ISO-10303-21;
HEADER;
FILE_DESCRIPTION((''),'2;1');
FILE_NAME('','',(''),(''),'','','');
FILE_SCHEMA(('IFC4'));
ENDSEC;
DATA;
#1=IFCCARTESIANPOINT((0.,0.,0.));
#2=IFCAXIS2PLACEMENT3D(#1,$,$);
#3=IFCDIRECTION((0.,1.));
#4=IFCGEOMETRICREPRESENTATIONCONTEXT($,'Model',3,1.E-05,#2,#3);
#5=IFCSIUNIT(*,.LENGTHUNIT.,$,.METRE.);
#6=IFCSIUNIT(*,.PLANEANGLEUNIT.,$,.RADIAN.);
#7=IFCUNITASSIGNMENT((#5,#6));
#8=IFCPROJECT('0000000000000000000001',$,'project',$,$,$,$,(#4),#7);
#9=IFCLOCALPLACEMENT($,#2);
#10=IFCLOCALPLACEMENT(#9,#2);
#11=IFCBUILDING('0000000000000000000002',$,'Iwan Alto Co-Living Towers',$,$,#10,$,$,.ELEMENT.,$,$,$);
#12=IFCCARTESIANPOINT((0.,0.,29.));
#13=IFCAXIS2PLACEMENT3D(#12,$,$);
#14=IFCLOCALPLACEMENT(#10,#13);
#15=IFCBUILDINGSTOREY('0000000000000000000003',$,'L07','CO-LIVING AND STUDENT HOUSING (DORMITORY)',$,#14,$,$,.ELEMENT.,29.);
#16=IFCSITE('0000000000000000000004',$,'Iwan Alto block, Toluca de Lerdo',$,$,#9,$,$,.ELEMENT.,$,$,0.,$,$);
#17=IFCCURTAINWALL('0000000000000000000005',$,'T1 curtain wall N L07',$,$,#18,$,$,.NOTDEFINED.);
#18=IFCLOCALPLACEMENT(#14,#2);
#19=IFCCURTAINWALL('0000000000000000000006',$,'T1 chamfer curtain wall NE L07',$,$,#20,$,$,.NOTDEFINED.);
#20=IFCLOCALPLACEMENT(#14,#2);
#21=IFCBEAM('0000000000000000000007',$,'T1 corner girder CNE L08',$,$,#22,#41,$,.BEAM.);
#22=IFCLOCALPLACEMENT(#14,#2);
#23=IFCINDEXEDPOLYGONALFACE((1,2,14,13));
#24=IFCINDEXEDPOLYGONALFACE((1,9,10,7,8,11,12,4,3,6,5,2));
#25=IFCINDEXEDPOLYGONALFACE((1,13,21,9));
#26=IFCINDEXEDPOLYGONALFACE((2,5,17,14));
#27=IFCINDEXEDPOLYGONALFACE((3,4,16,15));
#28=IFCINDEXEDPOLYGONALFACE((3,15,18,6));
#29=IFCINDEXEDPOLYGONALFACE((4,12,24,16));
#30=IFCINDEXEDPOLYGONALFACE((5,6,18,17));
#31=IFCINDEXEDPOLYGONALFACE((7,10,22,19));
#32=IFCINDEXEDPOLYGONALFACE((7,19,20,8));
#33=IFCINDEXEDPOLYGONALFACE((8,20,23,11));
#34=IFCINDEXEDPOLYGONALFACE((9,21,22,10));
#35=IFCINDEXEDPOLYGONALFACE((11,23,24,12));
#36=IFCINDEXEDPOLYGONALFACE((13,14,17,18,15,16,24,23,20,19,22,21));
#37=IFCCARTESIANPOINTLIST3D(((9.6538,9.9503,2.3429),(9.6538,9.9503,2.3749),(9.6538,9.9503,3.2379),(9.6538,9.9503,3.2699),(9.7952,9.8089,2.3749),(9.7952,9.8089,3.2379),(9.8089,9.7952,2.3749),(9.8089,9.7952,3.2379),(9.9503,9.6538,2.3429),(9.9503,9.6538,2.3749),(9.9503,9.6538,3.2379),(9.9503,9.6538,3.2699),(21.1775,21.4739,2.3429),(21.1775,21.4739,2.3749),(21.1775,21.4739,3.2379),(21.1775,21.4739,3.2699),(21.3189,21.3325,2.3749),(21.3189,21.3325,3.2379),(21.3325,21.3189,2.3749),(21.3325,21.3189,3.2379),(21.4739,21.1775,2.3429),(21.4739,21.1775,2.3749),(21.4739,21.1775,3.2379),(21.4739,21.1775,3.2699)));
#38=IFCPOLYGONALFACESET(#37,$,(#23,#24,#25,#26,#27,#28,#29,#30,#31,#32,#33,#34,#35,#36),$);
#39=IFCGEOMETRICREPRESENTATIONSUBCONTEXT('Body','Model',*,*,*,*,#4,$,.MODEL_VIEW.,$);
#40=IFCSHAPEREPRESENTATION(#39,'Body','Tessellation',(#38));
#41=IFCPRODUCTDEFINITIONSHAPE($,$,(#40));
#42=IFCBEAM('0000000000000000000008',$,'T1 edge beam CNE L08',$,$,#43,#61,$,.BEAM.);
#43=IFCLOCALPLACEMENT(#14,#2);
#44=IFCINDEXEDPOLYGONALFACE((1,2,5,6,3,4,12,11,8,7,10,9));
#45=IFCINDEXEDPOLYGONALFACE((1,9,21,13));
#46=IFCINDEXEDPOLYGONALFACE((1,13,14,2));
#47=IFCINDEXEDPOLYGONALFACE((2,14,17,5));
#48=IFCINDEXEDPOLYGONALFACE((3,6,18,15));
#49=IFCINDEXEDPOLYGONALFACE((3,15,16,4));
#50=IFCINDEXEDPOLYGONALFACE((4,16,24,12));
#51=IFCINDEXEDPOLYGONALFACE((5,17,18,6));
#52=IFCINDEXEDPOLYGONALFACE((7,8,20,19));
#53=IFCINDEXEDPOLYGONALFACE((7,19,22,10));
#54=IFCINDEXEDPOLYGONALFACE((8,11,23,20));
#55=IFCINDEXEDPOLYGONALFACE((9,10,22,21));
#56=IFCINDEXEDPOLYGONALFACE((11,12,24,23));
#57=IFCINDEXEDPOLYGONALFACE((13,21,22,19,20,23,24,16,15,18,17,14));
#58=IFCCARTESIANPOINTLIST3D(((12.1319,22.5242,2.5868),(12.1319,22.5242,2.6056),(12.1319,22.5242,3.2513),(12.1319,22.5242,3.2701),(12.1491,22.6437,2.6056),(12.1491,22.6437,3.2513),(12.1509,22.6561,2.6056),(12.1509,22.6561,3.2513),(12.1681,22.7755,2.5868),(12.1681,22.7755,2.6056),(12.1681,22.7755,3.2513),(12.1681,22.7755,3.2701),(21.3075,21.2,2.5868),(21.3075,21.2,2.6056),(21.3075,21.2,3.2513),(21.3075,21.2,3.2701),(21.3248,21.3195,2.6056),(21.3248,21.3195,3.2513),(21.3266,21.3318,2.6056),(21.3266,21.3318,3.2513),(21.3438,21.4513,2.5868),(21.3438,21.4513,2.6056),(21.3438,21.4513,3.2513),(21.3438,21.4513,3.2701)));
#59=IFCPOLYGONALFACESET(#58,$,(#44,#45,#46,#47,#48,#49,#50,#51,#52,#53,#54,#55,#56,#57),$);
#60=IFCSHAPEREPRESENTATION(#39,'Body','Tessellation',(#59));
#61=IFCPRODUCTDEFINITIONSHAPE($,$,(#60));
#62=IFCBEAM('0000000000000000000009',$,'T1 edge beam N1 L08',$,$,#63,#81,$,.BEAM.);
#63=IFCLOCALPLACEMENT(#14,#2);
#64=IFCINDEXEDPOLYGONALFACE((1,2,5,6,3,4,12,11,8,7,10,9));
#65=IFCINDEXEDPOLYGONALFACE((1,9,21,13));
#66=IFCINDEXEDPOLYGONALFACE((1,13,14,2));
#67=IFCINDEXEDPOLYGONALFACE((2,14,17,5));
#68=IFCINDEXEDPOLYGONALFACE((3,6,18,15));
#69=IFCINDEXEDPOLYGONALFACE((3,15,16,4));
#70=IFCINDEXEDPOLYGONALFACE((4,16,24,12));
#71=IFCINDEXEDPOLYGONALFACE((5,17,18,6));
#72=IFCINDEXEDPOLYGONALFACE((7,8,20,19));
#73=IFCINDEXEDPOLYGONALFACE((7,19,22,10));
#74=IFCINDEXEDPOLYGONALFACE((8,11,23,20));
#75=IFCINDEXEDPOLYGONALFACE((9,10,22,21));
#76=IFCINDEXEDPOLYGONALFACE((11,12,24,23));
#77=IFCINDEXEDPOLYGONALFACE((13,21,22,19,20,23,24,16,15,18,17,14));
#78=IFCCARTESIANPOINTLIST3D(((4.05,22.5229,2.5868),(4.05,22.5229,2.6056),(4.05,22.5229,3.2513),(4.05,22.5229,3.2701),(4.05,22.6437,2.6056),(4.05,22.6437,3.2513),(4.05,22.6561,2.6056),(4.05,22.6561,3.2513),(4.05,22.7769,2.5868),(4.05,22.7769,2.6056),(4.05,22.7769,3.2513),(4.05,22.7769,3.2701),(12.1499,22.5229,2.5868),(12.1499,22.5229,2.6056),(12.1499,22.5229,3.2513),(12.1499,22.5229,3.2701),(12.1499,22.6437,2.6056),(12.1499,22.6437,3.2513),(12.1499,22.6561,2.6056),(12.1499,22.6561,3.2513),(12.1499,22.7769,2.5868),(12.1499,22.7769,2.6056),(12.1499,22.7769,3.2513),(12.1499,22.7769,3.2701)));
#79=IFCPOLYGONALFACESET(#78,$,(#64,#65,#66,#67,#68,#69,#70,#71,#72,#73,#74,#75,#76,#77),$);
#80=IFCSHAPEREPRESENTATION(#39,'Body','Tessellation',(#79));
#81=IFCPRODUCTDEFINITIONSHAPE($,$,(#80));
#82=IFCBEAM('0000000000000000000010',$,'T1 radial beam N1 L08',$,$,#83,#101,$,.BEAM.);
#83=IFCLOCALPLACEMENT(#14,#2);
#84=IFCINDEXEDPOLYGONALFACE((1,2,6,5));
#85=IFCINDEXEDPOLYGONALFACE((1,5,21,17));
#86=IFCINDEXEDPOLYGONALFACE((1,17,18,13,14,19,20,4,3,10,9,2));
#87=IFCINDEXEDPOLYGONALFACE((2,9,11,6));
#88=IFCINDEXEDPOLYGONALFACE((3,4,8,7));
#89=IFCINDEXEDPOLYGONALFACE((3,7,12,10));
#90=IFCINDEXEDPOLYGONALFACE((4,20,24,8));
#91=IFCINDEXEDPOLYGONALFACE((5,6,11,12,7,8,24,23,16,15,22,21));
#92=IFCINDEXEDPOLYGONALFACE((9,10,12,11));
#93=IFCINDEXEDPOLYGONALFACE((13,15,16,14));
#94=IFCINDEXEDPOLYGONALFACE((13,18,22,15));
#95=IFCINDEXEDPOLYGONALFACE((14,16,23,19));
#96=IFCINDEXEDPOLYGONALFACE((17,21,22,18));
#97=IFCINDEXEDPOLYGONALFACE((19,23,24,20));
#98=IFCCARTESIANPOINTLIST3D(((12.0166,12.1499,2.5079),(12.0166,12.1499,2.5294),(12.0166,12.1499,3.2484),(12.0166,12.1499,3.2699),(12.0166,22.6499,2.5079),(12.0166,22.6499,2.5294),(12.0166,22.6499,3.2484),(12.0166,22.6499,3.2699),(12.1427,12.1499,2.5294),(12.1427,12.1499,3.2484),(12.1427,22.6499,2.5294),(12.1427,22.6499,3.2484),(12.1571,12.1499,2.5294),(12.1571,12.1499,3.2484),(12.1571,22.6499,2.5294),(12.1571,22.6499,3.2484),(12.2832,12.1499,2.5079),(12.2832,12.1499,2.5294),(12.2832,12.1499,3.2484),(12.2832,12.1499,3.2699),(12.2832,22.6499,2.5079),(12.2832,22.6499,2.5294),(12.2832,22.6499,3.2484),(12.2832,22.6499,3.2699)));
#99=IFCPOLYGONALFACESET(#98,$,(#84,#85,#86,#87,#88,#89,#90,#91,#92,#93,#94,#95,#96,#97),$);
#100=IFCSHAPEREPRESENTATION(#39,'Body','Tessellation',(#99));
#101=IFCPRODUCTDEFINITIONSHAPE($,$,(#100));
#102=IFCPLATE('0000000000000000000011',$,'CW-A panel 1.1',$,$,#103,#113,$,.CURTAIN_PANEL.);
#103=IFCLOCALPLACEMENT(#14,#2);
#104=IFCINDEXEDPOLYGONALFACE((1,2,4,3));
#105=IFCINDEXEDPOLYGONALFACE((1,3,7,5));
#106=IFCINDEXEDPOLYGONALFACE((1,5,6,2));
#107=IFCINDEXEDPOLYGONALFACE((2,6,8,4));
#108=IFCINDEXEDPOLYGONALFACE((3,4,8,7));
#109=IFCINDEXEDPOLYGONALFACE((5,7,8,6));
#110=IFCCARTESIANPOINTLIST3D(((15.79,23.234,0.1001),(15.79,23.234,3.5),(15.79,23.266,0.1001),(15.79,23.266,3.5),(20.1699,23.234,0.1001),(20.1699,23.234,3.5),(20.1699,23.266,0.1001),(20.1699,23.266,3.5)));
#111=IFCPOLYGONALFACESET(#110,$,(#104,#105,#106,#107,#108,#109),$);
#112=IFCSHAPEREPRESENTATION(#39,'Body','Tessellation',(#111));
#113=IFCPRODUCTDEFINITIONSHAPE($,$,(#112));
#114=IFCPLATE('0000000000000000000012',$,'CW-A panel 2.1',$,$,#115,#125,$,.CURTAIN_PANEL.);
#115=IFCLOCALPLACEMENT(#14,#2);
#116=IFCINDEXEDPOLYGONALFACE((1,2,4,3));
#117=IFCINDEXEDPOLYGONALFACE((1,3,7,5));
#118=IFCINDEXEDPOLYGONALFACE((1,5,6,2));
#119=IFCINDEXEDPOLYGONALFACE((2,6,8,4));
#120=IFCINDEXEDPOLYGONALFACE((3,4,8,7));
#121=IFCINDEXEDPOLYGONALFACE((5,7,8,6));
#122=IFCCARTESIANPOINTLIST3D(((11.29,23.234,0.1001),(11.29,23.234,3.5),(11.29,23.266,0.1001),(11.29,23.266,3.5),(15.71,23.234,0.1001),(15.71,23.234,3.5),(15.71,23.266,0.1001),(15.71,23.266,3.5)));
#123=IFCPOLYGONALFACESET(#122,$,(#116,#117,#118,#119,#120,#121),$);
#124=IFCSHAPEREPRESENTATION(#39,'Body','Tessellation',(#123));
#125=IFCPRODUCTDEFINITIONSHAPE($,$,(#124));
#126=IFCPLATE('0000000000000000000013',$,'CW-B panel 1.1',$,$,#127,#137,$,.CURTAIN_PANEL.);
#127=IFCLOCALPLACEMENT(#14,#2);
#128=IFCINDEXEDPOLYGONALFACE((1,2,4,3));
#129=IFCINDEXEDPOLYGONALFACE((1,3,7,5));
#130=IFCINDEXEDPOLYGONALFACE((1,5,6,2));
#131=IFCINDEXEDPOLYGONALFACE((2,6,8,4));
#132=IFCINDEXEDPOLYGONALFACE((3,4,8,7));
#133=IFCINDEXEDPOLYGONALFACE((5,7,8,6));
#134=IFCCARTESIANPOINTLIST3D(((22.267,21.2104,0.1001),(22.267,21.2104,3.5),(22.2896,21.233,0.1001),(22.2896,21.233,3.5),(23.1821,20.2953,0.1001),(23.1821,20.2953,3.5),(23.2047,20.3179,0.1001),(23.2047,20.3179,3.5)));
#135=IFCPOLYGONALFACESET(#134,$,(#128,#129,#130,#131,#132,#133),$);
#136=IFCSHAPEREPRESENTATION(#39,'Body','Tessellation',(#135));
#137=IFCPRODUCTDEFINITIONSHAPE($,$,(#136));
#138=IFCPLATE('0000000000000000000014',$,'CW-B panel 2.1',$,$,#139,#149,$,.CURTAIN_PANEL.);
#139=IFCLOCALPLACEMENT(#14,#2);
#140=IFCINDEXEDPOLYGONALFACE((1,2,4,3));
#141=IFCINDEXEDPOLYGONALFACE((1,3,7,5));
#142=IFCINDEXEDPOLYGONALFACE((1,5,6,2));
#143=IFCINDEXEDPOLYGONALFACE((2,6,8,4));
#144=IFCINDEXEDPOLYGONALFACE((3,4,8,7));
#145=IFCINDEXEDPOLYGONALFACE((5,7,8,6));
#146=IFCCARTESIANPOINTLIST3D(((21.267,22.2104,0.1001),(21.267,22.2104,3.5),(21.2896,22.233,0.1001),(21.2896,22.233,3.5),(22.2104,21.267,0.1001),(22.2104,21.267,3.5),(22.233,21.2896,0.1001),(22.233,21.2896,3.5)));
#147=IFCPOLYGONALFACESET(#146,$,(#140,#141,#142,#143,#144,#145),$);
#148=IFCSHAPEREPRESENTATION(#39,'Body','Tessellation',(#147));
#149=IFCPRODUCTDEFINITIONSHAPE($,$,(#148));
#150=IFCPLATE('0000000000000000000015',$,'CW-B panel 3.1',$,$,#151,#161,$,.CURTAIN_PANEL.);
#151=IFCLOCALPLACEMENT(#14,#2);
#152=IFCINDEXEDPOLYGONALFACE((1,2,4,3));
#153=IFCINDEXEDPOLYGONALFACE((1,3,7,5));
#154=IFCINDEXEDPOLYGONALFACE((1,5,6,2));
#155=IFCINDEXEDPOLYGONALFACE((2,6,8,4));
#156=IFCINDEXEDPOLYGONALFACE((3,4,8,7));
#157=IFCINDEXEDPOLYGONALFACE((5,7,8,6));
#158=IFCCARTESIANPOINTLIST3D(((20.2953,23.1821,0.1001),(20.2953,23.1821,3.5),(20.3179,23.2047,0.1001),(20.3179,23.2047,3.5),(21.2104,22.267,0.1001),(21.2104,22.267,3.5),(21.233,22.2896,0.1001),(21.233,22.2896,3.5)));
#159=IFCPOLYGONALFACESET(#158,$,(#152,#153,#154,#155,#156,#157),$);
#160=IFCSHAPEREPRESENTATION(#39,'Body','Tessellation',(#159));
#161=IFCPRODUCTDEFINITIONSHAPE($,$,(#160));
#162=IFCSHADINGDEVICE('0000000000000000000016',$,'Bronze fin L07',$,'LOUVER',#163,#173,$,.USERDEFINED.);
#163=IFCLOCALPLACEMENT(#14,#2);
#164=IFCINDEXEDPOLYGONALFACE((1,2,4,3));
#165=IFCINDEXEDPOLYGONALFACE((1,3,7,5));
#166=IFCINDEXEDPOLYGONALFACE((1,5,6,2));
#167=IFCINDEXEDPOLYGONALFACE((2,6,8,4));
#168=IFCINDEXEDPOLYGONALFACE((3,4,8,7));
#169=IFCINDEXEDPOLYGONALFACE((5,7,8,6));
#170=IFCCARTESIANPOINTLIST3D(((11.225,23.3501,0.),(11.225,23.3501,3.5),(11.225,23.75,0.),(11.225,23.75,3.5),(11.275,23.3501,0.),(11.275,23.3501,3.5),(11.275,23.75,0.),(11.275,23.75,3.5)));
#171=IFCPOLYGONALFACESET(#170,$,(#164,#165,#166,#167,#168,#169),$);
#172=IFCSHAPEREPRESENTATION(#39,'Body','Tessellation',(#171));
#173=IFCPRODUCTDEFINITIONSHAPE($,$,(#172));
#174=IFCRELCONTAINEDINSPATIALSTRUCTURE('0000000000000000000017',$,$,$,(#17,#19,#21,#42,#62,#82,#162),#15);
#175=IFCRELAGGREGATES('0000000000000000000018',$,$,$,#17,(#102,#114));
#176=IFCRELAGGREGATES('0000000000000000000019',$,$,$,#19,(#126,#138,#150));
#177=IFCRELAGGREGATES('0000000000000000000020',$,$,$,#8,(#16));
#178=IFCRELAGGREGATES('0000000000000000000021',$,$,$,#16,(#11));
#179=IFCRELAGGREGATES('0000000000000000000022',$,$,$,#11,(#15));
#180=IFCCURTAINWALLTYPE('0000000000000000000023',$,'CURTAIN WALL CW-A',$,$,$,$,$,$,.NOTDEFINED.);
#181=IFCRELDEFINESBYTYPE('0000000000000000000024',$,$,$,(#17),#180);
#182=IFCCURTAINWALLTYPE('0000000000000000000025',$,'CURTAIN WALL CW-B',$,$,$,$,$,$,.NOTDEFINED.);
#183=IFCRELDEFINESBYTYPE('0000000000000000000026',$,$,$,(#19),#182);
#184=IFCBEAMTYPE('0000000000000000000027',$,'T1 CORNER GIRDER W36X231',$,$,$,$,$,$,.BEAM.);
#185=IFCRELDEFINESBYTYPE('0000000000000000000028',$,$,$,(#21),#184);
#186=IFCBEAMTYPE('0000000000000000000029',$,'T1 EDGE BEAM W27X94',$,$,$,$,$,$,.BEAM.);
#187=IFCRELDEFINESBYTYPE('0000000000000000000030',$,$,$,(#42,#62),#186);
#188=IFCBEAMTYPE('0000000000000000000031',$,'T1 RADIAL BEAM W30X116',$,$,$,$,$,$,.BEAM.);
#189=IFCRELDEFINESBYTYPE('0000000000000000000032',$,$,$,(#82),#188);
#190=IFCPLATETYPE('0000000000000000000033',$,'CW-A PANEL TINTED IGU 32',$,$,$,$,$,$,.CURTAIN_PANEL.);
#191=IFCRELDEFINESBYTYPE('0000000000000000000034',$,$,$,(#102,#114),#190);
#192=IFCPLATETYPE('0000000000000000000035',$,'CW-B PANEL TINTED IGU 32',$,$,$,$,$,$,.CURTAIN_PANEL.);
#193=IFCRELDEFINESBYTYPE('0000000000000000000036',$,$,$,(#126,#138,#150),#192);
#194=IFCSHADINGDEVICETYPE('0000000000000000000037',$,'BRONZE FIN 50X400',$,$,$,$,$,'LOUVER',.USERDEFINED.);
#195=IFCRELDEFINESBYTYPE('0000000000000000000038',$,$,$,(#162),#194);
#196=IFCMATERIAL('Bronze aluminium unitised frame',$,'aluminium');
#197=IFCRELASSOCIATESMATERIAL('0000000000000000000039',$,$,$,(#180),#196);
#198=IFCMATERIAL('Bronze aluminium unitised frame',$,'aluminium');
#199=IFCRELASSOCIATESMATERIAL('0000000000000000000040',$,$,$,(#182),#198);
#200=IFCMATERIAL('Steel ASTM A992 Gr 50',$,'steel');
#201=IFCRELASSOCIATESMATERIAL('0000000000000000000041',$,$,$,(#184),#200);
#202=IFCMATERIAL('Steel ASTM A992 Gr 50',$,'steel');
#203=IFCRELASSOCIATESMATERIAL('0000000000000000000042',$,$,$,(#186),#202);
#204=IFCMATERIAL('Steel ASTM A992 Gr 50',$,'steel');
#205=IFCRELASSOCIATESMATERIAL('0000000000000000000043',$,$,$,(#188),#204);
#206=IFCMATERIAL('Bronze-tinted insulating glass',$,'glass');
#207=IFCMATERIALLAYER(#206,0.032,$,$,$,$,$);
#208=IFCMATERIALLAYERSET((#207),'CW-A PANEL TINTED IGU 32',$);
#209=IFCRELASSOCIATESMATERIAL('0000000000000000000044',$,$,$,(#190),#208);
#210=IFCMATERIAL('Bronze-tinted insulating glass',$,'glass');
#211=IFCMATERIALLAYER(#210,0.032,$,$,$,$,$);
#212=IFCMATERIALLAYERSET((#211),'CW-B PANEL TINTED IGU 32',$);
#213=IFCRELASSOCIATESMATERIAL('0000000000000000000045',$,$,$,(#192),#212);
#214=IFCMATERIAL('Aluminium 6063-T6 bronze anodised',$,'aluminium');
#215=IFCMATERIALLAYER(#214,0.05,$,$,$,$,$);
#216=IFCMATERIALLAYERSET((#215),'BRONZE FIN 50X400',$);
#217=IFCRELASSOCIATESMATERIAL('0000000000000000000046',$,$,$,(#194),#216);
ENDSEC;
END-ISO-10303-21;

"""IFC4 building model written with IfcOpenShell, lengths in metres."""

from ifc_helpers import new_model, si_unit, direction, frame, origin, origin_2d, place, context, subcontext, project, spatial, rectangle, i_section, extrude, material, layer, layer_set, material_profile, profile_set, type_object, element, aggregate, save


model = new_model("IFC4")

# Units and contexts
model_context = context("Model", 3, precision=1e-05, world=origin(), true_north=direction((0.0, 1.0)))
body_context = subcontext(model_context, "Body", "Model", "MODEL_VIEW")
ifc_project = project(units=[si_unit("LENGTHUNIT", "METRE"), si_unit("PLANEANGLEUNIT", "RADIAN")], contexts=[model_context])

# Site, building, storey
site_placement = place(None, origin())
site = spatial("IfcSite", under=ifc_project, at=site_placement, Name="Iwan Alto block, Toluca de Lerdo", CompositionType="ELEMENT", RefElevation=0.0)
building_placement = place(site_placement, origin())
building = spatial("IfcBuilding", under=site, at=building_placement, Name="Iwan Alto Co-Living Towers", CompositionType="ELEMENT")
storey_placement = place(building_placement, frame((0.0, 0.0, 29.0)))
storey = spatial("IfcBuildingStorey", under=building, at=storey_placement, Name="L07", Description="CO-LIVING AND STUDENT HOUSING (DORMITORY)", CompositionType="ELEMENT", Elevation=29.0)

# Curtain walls
ifc_material_1 = material(Name="Bronze aluminium unitised frame", Category="aluminium")
curtain_wall_type_1 = type_object("IfcCurtainWallType", Name="CURTAIN WALL CW-A", PredefinedType="NOTDEFINED", material=ifc_material_1)
curtain_wall_1_placement = place(storey_placement, origin())
curtain_wall_1 = element("IfcCurtainWall", 1, at=curtain_wall_1_placement, inside=storey, type_object=curtain_wall_type_1, Name="T1 curtain wall N L07", PredefinedType="NOTDEFINED")
ifc_material_2 = material(Name="Bronze aluminium unitised frame", Category="aluminium")
curtain_wall_type_2 = type_object("IfcCurtainWallType", Name="CURTAIN WALL CW-B", PredefinedType="NOTDEFINED", material=ifc_material_2)
curtain_wall_2_placement = place(storey_placement, origin())
curtain_wall_2 = element("IfcCurtainWall", 2, at=curtain_wall_2_placement, inside=storey, type_object=curtain_wall_type_2, Name="T1 chamfer curtain wall NE L07", PredefinedType="NOTDEFINED")

# Beams
ifc_material_3 = material(Name="Steel ASTM A992 Gr 50", Category="steel")
ifc_material_profile_1 = material_profile(ifc_material_3, i_section(OverallWidth=0.4192, OverallDepth=0.927, WebThickness=0.0193, FlangeThickness=0.032, at=origin_2d()), Name="W36X231")
ifc_profile_set_1 = profile_set([ifc_material_profile_1], Name="Steel ASTM A992 Gr 50")
beam_type_1 = type_object("IfcBeamType", Name="T1 CORNER GIRDER W36X231", PredefinedType="BEAM", material=ifc_profile_set_1)
beam_1_placement = place(storey_placement, frame((21.3257, 21.3257, 2.8064), z_axis=(-0.707107, -0.707107, 0.0), x_axis=(0.707107, -0.707107, 0.0)))
element("IfcBeam", 3, at=beam_1_placement, inside=storey, type_object=beam_type_1, Name="T1 corner girder CNE L08", PredefinedType="BEAM", context=body_context, shape_type="SweptSolid", body=[
    extrude(i_section(OverallWidth=0.4192, OverallDepth=0.927, WebThickness=0.0193, FlangeThickness=0.032, at=origin_2d()), origin(), (0.0, 0.0, 1.0), 16.2969),
])
ifc_material_4 = material(Name="Steel ASTM A992 Gr 50", Category="steel")
ifc_material_profile_2 = material_profile(ifc_material_4, i_section(OverallWidth=0.2539, OverallDepth=0.6833, WebThickness=0.0125, FlangeThickness=0.0188, at=origin_2d()), Name="W27X94")
ifc_profile_set_2 = profile_set([ifc_material_profile_2], Name="Steel ASTM A992 Gr 50")
beam_type_2 = type_object("IfcBeamType", Name="T1 EDGE BEAM W27X94", PredefinedType="BEAM", material=ifc_profile_set_2)
beam_2_placement = place(storey_placement, frame((21.3257, 21.3257, 2.9285), z_axis=(-0.989746, 0.142837, 0.0), x_axis=(-0.142837, -0.989746, 0.0)))
element("IfcBeam", 4, at=beam_2_placement, inside=storey, type_object=beam_type_2, Name="T1 edge beam CNE L08", PredefinedType="BEAM", context=body_context, shape_type="SweptSolid", body=[
    extrude(i_section(OverallWidth=0.2539, OverallDepth=0.6833, WebThickness=0.0125, FlangeThickness=0.0188, at=origin_2d()), origin(), (0.0, 0.0, 1.0), 9.2708),
])
beam_3_placement = place(storey_placement, frame((12.1499, 22.6499, 2.9285), z_axis=(-1.0, 0.0, 0.0), x_axis=(0.0, -1.0, 0.0)))
element("IfcBeam", 5, at=beam_3_placement, inside=storey, type_object=beam_type_2, Name="T1 edge beam N1 L08", PredefinedType="BEAM", context=body_context, shape_type="SweptSolid", body=[
    extrude(i_section(OverallWidth=0.2539, OverallDepth=0.6833, WebThickness=0.0125, FlangeThickness=0.0188, at=origin_2d()), origin(), (0.0, 0.0, 1.0), 8.0999),
])
ifc_material_5 = material(Name="Steel ASTM A992 Gr 50", Category="steel")
ifc_material_profile_3 = material_profile(ifc_material_5, i_section(OverallWidth=0.2666, OverallDepth=0.762, WebThickness=0.0144, FlangeThickness=0.0215, at=origin_2d()), Name="W30X116")
ifc_profile_set_3 = profile_set([ifc_material_profile_3], Name="Steel ASTM A992 Gr 50")
beam_type_3 = type_object("IfcBeamType", Name="T1 RADIAL BEAM W30X116", PredefinedType="BEAM", material=ifc_profile_set_3)
beam_4_placement = place(storey_placement, frame((12.1499, 22.6499, 2.8889), z_axis=(0.0, -1.0, 0.0), x_axis=(1.0, 0.0, 0.0)))
element("IfcBeam", 6, at=beam_4_placement, inside=storey, type_object=beam_type_3, Name="T1 radial beam N1 L08", PredefinedType="BEAM", context=body_context, shape_type="SweptSolid", body=[
    extrude(i_section(OverallWidth=0.2666, OverallDepth=0.762, WebThickness=0.0144, FlangeThickness=0.0215, at=origin_2d()), origin(), (0.0, 0.0, 1.0), 10.5),
])

# Plates
ifc_material_6 = material(Name="Bronze-tinted insulating glass", Category="glass")
ifc_layer_1 = layer(ifc_material_6, 0.032)
ifc_layer_set_1 = layer_set([ifc_layer_1], Name="CW-A PANEL TINTED IGU 32")
plate_type_1 = type_object("IfcPlateType", Name="CW-A PANEL TINTED IGU 32", PredefinedType="CURTAIN_PANEL", material=ifc_layer_set_1)
plate_1_placement = place(storey_placement, frame((17.98, 23.25, 0.1001), z_axis=(0.0, 0.0, 1.0), x_axis=(-1.0, 0.0, 0.0)))
plate_1 = element("IfcPlate", 7, at=plate_1_placement, type_object=plate_type_1, Name="CW-A panel 1.1", PredefinedType="CURTAIN_PANEL", context=body_context, shape_type="SweptSolid", body=[
    extrude(rectangle(XDim=4.3799, YDim=0.032, at=origin_2d()), origin(), (0.0, 0.0, 1.0), 3.3999),
])
plate_2_placement = place(storey_placement, frame((13.5, 23.25, 0.1001), z_axis=(0.0, 0.0, 1.0), x_axis=(-1.0, 0.0, 0.0)))
plate_2 = element("IfcPlate", 8, at=plate_2_placement, type_object=plate_type_1, Name="CW-A panel 2.1", PredefinedType="CURTAIN_PANEL", context=body_context, shape_type="SweptSolid", body=[
    extrude(rectangle(XDim=4.4199, YDim=0.032, at=origin_2d()), origin(), (0.0, 0.0, 1.0), 3.3999),
])
aggregate(curtain_wall_1, [plate_1, plate_2])
ifc_material_7 = material(Name="Bronze-tinted insulating glass", Category="glass")
ifc_layer_2 = layer(ifc_material_7, 0.032)
ifc_layer_set_2 = layer_set([ifc_layer_2], Name="CW-B PANEL TINTED IGU 32")
plate_type_2 = type_object("IfcPlateType", Name="CW-B PANEL TINTED IGU 32", PredefinedType="CURTAIN_PANEL", material=ifc_layer_set_2)
plate_3_placement = place(storey_placement, frame((22.7358, 20.7642, 0.1001), z_axis=(0.0, 0.0, 1.0), x_axis=(-0.707107, 0.707107, 0.0)))
plate_3 = element("IfcPlate", 9, at=plate_3_placement, type_object=plate_type_2, Name="CW-B panel 1.1", PredefinedType="CURTAIN_PANEL", context=body_context, shape_type="SweptSolid", body=[
    extrude(rectangle(XDim=1.2942, YDim=0.032, at=origin_2d()), origin(), (0.0, 0.0, 1.0), 3.3999),
])
plate_4_placement = place(storey_placement, frame((21.75, 21.75, 0.1001), z_axis=(0.0, 0.0, 1.0), x_axis=(-0.707107, 0.707107, 0.0)))
plate_4 = element("IfcPlate", 10, at=plate_4_placement, type_object=plate_type_2, Name="CW-B panel 2.1", PredefinedType="CURTAIN_PANEL", context=body_context, shape_type="SweptSolid", body=[
    extrude(rectangle(XDim=1.3342, YDim=0.032, at=origin_2d()), origin(), (0.0, 0.0, 1.0), 3.3999),
])
plate_5_placement = place(storey_placement, frame((20.7642, 22.7358, 0.1001), z_axis=(0.0, 0.0, 1.0), x_axis=(-0.707107, 0.707107, 0.0)))
plate_5 = element("IfcPlate", 11, at=plate_5_placement, type_object=plate_type_2, Name="CW-B panel 3.1", PredefinedType="CURTAIN_PANEL", context=body_context, shape_type="SweptSolid", body=[
    extrude(rectangle(XDim=1.2942, YDim=0.032, at=origin_2d()), origin(), (0.0, 0.0, 1.0), 3.3999),
])
aggregate(curtain_wall_2, [plate_3, plate_4, plate_5])

# Shading device
ifc_material_8 = material(Name="Aluminium 6063-T6 bronze anodised", Category="aluminium")
ifc_layer_3 = layer(ifc_material_8, 0.05)
ifc_layer_set_3 = layer_set([ifc_layer_3], Name="BRONZE FIN 50X400")
shading_device_type = type_object("IfcShadingDeviceType", Name="BRONZE FIN 50X400", ElementType="LOUVER", PredefinedType="USERDEFINED", material=ifc_layer_set_3)
shading_device_placement = place(storey_placement, frame((11.25, 23.55, 0.0), z_axis=(0.0, 0.0, 1.0), x_axis=(-1.0, 0.0, 0.0)))
element("IfcShadingDevice", 12, at=shading_device_placement, inside=storey, type_object=shading_device_type, Name="Bronze fin L07", ObjectType="LOUVER", PredefinedType="USERDEFINED", context=body_context, shape_type="SweptSolid", body=[
    extrude(rectangle(XDim=0.05, YDim=0.3999, at=origin_2d()), origin(), (0.0, 0.0, 1.0), 3.5),
])

save(model, "model.ifc")
